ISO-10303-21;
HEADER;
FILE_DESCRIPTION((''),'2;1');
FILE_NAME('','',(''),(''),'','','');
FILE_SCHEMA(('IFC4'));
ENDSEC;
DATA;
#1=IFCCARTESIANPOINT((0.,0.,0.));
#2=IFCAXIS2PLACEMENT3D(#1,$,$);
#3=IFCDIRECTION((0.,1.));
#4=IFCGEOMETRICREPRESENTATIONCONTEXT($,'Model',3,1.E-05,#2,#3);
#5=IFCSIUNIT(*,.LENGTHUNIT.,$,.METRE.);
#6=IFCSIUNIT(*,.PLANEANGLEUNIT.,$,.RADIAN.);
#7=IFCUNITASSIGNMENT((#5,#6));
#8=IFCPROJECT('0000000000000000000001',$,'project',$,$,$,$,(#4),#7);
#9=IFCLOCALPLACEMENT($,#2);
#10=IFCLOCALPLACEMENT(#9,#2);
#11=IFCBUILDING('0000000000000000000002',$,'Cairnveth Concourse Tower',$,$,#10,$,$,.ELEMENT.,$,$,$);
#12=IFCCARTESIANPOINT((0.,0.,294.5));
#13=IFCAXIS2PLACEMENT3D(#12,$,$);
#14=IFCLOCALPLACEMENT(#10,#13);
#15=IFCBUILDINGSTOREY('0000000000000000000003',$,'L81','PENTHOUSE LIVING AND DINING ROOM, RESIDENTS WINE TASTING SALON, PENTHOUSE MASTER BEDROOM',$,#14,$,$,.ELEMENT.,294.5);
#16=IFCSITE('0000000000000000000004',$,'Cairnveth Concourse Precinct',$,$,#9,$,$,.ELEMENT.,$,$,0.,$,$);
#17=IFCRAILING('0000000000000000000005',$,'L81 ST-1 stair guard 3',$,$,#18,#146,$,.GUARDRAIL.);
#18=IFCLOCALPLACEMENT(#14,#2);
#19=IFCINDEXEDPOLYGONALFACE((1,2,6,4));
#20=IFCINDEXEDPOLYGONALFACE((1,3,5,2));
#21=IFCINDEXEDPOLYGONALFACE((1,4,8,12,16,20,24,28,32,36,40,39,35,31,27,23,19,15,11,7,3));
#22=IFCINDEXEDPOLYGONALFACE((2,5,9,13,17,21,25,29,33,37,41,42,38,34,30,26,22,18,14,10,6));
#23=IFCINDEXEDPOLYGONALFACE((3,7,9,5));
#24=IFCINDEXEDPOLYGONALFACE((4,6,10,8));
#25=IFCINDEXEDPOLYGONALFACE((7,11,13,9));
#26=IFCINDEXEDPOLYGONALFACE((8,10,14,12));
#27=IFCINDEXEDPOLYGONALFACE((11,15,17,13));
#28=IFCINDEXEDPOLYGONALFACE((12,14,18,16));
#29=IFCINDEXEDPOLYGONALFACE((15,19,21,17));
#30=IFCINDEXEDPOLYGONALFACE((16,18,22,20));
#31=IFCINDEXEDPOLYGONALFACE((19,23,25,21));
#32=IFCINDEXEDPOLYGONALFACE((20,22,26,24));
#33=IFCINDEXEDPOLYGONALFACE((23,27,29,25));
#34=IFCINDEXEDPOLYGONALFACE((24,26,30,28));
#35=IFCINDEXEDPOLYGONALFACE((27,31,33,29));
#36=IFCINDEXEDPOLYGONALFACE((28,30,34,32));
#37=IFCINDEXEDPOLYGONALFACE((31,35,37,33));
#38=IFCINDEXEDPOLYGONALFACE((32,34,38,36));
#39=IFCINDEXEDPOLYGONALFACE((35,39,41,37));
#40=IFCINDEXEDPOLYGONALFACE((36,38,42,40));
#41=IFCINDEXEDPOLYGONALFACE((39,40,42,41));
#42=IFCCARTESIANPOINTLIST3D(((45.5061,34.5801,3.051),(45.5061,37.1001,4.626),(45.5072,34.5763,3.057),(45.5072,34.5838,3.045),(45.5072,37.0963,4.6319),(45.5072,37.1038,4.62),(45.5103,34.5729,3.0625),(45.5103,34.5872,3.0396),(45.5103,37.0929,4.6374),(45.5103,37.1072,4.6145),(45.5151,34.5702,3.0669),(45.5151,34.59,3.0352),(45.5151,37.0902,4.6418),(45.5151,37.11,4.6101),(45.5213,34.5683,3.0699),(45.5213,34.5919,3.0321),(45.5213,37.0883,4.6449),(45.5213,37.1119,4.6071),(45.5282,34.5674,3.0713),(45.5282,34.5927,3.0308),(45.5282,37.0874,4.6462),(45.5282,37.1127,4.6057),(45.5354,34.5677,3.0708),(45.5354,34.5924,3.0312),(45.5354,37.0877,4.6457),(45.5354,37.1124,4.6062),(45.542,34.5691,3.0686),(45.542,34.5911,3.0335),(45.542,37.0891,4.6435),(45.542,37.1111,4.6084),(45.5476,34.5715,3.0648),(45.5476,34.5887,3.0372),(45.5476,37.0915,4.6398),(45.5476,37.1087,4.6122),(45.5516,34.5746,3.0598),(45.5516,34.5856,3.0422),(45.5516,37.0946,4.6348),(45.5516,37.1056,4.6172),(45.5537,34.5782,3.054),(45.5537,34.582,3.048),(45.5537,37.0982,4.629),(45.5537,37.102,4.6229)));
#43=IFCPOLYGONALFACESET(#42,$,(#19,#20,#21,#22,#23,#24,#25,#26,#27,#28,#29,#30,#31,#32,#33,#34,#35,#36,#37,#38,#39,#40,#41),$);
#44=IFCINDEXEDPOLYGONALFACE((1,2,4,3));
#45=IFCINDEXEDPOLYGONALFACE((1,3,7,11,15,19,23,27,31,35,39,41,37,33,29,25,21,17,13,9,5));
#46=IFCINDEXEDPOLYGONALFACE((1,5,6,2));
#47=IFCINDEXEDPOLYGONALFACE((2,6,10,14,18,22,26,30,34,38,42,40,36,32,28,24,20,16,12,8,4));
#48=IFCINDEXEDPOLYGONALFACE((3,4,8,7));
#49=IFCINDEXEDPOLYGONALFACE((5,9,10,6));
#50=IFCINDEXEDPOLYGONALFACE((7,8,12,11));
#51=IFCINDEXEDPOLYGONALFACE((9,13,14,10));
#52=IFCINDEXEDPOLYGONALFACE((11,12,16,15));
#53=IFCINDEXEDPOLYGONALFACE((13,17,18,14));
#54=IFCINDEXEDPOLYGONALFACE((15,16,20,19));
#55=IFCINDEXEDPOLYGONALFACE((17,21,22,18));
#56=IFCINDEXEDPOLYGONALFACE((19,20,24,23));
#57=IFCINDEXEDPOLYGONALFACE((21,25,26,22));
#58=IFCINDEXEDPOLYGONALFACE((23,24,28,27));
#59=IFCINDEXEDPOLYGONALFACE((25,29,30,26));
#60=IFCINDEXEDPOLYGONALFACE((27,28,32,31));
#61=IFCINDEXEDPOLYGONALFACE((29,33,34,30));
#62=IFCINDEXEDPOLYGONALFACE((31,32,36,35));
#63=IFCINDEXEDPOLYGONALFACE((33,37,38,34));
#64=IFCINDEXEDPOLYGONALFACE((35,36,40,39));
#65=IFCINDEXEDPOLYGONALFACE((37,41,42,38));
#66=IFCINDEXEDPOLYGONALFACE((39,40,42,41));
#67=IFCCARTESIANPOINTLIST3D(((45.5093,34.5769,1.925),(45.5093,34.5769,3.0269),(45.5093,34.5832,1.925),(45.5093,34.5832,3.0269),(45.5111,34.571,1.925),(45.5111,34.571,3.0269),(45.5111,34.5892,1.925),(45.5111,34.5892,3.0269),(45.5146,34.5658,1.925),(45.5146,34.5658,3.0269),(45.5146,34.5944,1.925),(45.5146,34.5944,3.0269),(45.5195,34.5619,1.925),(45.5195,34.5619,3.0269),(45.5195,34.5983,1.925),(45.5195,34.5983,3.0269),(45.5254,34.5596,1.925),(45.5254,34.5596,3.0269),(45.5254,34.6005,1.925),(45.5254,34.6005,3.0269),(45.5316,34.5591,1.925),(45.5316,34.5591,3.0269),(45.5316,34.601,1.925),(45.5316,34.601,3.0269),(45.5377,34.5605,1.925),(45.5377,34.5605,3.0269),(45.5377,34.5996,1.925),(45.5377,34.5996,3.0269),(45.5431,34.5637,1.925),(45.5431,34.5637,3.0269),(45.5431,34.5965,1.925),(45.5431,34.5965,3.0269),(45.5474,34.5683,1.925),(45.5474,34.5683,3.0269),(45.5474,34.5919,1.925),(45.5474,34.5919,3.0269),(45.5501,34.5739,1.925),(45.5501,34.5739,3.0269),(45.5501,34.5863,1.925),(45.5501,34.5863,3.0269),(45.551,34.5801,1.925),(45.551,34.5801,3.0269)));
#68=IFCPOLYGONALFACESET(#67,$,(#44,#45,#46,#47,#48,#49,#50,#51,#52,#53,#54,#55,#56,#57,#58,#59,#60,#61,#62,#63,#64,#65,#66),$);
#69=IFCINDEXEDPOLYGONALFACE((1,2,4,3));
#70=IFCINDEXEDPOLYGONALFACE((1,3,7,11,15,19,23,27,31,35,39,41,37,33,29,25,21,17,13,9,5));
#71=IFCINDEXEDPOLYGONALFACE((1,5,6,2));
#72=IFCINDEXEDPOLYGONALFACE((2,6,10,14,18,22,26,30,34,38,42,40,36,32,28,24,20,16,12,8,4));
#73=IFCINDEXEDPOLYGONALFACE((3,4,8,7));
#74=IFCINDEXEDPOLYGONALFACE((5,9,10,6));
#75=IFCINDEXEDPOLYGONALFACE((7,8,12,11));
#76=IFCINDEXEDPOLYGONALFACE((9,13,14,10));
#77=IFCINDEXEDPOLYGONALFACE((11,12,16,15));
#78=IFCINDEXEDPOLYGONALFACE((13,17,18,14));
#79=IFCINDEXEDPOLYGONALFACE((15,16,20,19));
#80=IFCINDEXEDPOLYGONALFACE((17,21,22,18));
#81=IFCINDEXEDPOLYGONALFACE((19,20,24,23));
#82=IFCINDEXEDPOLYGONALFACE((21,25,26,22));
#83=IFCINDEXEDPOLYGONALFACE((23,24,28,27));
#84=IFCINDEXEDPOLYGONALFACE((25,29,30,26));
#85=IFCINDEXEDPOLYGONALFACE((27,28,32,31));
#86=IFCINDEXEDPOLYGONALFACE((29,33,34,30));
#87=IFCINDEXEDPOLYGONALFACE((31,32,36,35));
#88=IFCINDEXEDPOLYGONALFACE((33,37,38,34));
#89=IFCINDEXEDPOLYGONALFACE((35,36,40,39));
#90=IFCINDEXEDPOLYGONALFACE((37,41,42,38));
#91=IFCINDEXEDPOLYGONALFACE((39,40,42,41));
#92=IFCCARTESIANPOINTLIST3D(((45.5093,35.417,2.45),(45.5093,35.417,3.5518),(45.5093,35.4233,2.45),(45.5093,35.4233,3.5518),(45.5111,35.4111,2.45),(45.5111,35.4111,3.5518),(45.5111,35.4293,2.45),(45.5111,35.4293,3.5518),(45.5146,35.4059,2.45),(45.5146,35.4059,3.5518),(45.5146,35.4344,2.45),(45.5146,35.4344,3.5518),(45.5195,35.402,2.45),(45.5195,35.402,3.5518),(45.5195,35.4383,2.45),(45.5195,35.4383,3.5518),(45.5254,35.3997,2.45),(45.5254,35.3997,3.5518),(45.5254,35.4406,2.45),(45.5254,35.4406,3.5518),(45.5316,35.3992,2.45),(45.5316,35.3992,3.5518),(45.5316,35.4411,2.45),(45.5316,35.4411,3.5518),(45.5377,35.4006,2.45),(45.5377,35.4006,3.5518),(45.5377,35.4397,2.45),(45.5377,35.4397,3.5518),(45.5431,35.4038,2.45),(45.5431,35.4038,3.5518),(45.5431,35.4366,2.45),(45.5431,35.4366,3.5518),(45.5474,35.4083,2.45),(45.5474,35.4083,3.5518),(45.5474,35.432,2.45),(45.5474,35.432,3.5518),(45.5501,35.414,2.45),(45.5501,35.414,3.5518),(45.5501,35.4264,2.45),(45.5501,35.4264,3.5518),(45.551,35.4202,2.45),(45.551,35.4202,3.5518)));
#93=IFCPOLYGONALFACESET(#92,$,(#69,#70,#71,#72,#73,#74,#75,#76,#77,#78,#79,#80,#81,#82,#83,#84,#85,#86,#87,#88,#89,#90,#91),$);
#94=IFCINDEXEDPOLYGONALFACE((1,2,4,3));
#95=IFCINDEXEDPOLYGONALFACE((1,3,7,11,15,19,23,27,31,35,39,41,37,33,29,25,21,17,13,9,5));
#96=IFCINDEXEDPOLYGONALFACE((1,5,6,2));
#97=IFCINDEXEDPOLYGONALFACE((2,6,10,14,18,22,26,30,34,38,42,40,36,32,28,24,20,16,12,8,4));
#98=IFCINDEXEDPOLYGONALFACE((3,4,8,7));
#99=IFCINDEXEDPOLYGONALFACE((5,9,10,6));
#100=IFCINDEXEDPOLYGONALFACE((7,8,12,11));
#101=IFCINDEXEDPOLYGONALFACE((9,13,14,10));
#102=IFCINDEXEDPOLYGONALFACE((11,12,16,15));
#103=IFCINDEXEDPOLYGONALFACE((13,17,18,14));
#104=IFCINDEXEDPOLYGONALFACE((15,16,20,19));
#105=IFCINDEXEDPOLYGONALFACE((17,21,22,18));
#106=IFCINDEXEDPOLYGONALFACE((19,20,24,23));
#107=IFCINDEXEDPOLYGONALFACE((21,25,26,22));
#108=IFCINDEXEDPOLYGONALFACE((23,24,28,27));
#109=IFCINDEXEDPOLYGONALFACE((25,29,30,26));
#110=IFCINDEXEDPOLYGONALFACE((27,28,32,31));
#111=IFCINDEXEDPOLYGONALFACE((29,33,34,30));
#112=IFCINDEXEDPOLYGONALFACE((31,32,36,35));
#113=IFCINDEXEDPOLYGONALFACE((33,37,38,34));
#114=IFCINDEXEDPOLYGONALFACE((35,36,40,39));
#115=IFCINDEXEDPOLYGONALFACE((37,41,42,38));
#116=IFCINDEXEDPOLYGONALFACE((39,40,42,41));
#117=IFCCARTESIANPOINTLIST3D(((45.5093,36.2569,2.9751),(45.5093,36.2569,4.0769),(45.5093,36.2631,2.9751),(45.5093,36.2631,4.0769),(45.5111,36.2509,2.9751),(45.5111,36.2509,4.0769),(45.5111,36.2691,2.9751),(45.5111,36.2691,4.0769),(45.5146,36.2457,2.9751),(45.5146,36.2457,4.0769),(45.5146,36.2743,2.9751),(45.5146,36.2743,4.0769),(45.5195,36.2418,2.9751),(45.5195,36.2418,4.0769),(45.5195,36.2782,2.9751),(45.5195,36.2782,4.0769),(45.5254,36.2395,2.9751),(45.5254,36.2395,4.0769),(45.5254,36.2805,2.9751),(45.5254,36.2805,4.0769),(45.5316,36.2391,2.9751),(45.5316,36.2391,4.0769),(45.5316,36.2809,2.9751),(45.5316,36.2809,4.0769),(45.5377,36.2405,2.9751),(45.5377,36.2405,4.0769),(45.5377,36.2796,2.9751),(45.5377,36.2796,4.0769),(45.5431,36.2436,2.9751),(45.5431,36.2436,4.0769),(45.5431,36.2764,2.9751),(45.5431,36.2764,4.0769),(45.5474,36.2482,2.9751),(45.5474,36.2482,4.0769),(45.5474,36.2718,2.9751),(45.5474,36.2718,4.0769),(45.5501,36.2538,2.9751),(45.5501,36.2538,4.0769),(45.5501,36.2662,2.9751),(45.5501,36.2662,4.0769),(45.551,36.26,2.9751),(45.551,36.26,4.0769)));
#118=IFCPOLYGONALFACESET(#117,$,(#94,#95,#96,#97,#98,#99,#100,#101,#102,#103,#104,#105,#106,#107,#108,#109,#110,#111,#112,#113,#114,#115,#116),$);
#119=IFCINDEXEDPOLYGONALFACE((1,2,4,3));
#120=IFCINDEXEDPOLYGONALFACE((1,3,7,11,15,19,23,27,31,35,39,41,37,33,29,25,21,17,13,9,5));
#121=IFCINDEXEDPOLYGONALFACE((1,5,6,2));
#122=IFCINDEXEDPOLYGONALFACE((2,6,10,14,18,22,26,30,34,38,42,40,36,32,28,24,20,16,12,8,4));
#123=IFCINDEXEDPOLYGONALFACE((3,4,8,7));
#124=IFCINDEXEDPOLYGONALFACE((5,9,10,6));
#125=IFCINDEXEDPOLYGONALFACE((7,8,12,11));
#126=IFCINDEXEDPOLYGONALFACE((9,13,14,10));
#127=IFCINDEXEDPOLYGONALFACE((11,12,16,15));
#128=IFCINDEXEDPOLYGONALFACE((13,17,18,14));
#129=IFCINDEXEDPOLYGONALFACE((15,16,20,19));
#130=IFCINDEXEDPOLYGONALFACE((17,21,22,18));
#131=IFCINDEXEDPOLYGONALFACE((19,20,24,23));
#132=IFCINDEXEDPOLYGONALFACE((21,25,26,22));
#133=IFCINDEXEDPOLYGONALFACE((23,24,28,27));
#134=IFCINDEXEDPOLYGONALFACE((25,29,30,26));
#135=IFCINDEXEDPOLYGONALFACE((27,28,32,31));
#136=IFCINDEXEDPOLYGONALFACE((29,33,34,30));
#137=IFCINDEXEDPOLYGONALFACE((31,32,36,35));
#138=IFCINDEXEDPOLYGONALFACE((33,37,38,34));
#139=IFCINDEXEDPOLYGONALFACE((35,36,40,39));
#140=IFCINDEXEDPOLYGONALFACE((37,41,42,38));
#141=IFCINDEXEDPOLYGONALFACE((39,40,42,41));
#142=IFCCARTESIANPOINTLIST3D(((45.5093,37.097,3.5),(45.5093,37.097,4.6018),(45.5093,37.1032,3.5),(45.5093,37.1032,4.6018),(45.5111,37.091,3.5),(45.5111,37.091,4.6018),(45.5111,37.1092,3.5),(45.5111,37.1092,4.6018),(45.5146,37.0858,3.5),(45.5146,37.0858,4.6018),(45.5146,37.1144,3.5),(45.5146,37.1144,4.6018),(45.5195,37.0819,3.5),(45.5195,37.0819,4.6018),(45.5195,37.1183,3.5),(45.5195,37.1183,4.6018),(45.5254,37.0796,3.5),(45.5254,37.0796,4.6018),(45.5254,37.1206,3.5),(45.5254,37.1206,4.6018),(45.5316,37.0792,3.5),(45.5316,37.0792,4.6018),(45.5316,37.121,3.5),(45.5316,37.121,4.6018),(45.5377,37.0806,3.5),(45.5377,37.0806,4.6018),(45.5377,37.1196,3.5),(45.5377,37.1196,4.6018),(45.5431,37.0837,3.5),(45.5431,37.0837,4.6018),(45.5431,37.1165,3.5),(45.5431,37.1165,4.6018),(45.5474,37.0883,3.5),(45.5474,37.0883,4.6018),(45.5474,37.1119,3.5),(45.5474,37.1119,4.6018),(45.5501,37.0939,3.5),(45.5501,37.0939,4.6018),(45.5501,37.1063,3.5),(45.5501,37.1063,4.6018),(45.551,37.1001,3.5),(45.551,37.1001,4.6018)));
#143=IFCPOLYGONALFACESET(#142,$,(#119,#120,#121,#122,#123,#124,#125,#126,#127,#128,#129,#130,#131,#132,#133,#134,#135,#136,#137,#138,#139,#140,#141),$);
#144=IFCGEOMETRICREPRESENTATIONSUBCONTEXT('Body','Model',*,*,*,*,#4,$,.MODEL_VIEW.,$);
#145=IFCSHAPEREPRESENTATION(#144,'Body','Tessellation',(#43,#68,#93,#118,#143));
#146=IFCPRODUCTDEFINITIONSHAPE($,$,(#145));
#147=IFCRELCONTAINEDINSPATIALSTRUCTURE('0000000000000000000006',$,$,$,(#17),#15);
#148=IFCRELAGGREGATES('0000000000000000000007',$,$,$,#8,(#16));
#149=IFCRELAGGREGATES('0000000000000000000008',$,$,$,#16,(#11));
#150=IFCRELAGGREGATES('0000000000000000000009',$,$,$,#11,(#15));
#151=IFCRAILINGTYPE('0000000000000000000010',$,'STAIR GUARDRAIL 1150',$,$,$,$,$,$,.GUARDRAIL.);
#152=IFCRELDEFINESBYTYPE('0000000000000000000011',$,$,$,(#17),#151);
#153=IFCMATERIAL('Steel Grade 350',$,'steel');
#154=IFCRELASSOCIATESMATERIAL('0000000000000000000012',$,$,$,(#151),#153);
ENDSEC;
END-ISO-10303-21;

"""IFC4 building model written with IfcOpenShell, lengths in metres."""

from ifc_helpers import new_model, si_unit, direction, frame, origin, origin_2d, place, context, subcontext, project, spatial, circle, extrude, material, type_object, element, save


model = new_model("IFC4")

# Units and contexts
model_context = context("Model", 3, precision=1e-05, world=origin(), true_north=direction((0.0, 1.0)))
body_context = subcontext(model_context, "Body", "Model", "MODEL_VIEW")
ifc_project = project(units=[si_unit("LENGTHUNIT", "METRE"), si_unit("PLANEANGLEUNIT", "RADIAN")], contexts=[model_context])

# Site, building, storey
site_placement = place(None, origin())
site = spatial("IfcSite", under=ifc_project, at=site_placement, Name="Cairnveth Concourse Precinct", CompositionType="ELEMENT", RefElevation=0.0)
building_placement = place(site_placement, origin())
building = spatial("IfcBuilding", under=site, at=building_placement, Name="Cairnveth Concourse Tower", CompositionType="ELEMENT")
storey_placement = place(building_placement, frame((0.0, 0.0, 294.5)))
storey = spatial("IfcBuildingStorey", under=building, at=storey_placement, Name="L81", Description="PENTHOUSE LIVING AND DINING ROOM, RESIDENTS WINE TASTING SALON, PENTHOUSE MASTER BEDROOM", CompositionType="ELEMENT", Elevation=294.5)

# Shared definitions
ifc_material_1 = material(Name="Steel Grade 350", Category="steel")

# Railing
railing_type_1 = type_object("IfcRailingType", Name="STAIR GUARDRAIL 1150", PredefinedType="GUARDRAIL", material=ifc_material_1)
railing_1_placement = place(storey_placement, frame((45.53, 34.5801, 1.925)))
element("IfcRailing", 1, at=railing_1_placement, inside=storey, type_object=railing_type_1, Name="L81 ST-1 stair guard 3", PredefinedType="GUARDRAIL", context=body_context, shape_type="SweptSolid", body=[
    extrude(circle(Radius=0.0239, at=origin_2d()), frame((0.0, 0.0, 1.126), z_axis=(0.0, 0.848008, 0.529984), x_axis=(-1.0, 0.0, 0.0)), (0.0, 0.0, 1.0), 2.9717),
    extrude(circle(Radius=0.021, at=origin_2d()), origin(), (0.0, 0.0, 1.0), 1.1018),
    extrude(circle(Radius=0.021, at=origin_2d()), frame((0.0, 0.8401, 0.5249)), (0.0, 0.0, 1.0), 1.1018),
    extrude(circle(Radius=0.021, at=origin_2d()), frame((0.0, 1.6799, 1.05)), (0.0, 0.0, 1.0), 1.1018),
    extrude(circle(Radius=0.021, at=origin_2d()), frame((0.0, 2.52, 1.575)), (0.0, 0.0, 1.0), 1.1018),
])

save(model, "model.ifc")
